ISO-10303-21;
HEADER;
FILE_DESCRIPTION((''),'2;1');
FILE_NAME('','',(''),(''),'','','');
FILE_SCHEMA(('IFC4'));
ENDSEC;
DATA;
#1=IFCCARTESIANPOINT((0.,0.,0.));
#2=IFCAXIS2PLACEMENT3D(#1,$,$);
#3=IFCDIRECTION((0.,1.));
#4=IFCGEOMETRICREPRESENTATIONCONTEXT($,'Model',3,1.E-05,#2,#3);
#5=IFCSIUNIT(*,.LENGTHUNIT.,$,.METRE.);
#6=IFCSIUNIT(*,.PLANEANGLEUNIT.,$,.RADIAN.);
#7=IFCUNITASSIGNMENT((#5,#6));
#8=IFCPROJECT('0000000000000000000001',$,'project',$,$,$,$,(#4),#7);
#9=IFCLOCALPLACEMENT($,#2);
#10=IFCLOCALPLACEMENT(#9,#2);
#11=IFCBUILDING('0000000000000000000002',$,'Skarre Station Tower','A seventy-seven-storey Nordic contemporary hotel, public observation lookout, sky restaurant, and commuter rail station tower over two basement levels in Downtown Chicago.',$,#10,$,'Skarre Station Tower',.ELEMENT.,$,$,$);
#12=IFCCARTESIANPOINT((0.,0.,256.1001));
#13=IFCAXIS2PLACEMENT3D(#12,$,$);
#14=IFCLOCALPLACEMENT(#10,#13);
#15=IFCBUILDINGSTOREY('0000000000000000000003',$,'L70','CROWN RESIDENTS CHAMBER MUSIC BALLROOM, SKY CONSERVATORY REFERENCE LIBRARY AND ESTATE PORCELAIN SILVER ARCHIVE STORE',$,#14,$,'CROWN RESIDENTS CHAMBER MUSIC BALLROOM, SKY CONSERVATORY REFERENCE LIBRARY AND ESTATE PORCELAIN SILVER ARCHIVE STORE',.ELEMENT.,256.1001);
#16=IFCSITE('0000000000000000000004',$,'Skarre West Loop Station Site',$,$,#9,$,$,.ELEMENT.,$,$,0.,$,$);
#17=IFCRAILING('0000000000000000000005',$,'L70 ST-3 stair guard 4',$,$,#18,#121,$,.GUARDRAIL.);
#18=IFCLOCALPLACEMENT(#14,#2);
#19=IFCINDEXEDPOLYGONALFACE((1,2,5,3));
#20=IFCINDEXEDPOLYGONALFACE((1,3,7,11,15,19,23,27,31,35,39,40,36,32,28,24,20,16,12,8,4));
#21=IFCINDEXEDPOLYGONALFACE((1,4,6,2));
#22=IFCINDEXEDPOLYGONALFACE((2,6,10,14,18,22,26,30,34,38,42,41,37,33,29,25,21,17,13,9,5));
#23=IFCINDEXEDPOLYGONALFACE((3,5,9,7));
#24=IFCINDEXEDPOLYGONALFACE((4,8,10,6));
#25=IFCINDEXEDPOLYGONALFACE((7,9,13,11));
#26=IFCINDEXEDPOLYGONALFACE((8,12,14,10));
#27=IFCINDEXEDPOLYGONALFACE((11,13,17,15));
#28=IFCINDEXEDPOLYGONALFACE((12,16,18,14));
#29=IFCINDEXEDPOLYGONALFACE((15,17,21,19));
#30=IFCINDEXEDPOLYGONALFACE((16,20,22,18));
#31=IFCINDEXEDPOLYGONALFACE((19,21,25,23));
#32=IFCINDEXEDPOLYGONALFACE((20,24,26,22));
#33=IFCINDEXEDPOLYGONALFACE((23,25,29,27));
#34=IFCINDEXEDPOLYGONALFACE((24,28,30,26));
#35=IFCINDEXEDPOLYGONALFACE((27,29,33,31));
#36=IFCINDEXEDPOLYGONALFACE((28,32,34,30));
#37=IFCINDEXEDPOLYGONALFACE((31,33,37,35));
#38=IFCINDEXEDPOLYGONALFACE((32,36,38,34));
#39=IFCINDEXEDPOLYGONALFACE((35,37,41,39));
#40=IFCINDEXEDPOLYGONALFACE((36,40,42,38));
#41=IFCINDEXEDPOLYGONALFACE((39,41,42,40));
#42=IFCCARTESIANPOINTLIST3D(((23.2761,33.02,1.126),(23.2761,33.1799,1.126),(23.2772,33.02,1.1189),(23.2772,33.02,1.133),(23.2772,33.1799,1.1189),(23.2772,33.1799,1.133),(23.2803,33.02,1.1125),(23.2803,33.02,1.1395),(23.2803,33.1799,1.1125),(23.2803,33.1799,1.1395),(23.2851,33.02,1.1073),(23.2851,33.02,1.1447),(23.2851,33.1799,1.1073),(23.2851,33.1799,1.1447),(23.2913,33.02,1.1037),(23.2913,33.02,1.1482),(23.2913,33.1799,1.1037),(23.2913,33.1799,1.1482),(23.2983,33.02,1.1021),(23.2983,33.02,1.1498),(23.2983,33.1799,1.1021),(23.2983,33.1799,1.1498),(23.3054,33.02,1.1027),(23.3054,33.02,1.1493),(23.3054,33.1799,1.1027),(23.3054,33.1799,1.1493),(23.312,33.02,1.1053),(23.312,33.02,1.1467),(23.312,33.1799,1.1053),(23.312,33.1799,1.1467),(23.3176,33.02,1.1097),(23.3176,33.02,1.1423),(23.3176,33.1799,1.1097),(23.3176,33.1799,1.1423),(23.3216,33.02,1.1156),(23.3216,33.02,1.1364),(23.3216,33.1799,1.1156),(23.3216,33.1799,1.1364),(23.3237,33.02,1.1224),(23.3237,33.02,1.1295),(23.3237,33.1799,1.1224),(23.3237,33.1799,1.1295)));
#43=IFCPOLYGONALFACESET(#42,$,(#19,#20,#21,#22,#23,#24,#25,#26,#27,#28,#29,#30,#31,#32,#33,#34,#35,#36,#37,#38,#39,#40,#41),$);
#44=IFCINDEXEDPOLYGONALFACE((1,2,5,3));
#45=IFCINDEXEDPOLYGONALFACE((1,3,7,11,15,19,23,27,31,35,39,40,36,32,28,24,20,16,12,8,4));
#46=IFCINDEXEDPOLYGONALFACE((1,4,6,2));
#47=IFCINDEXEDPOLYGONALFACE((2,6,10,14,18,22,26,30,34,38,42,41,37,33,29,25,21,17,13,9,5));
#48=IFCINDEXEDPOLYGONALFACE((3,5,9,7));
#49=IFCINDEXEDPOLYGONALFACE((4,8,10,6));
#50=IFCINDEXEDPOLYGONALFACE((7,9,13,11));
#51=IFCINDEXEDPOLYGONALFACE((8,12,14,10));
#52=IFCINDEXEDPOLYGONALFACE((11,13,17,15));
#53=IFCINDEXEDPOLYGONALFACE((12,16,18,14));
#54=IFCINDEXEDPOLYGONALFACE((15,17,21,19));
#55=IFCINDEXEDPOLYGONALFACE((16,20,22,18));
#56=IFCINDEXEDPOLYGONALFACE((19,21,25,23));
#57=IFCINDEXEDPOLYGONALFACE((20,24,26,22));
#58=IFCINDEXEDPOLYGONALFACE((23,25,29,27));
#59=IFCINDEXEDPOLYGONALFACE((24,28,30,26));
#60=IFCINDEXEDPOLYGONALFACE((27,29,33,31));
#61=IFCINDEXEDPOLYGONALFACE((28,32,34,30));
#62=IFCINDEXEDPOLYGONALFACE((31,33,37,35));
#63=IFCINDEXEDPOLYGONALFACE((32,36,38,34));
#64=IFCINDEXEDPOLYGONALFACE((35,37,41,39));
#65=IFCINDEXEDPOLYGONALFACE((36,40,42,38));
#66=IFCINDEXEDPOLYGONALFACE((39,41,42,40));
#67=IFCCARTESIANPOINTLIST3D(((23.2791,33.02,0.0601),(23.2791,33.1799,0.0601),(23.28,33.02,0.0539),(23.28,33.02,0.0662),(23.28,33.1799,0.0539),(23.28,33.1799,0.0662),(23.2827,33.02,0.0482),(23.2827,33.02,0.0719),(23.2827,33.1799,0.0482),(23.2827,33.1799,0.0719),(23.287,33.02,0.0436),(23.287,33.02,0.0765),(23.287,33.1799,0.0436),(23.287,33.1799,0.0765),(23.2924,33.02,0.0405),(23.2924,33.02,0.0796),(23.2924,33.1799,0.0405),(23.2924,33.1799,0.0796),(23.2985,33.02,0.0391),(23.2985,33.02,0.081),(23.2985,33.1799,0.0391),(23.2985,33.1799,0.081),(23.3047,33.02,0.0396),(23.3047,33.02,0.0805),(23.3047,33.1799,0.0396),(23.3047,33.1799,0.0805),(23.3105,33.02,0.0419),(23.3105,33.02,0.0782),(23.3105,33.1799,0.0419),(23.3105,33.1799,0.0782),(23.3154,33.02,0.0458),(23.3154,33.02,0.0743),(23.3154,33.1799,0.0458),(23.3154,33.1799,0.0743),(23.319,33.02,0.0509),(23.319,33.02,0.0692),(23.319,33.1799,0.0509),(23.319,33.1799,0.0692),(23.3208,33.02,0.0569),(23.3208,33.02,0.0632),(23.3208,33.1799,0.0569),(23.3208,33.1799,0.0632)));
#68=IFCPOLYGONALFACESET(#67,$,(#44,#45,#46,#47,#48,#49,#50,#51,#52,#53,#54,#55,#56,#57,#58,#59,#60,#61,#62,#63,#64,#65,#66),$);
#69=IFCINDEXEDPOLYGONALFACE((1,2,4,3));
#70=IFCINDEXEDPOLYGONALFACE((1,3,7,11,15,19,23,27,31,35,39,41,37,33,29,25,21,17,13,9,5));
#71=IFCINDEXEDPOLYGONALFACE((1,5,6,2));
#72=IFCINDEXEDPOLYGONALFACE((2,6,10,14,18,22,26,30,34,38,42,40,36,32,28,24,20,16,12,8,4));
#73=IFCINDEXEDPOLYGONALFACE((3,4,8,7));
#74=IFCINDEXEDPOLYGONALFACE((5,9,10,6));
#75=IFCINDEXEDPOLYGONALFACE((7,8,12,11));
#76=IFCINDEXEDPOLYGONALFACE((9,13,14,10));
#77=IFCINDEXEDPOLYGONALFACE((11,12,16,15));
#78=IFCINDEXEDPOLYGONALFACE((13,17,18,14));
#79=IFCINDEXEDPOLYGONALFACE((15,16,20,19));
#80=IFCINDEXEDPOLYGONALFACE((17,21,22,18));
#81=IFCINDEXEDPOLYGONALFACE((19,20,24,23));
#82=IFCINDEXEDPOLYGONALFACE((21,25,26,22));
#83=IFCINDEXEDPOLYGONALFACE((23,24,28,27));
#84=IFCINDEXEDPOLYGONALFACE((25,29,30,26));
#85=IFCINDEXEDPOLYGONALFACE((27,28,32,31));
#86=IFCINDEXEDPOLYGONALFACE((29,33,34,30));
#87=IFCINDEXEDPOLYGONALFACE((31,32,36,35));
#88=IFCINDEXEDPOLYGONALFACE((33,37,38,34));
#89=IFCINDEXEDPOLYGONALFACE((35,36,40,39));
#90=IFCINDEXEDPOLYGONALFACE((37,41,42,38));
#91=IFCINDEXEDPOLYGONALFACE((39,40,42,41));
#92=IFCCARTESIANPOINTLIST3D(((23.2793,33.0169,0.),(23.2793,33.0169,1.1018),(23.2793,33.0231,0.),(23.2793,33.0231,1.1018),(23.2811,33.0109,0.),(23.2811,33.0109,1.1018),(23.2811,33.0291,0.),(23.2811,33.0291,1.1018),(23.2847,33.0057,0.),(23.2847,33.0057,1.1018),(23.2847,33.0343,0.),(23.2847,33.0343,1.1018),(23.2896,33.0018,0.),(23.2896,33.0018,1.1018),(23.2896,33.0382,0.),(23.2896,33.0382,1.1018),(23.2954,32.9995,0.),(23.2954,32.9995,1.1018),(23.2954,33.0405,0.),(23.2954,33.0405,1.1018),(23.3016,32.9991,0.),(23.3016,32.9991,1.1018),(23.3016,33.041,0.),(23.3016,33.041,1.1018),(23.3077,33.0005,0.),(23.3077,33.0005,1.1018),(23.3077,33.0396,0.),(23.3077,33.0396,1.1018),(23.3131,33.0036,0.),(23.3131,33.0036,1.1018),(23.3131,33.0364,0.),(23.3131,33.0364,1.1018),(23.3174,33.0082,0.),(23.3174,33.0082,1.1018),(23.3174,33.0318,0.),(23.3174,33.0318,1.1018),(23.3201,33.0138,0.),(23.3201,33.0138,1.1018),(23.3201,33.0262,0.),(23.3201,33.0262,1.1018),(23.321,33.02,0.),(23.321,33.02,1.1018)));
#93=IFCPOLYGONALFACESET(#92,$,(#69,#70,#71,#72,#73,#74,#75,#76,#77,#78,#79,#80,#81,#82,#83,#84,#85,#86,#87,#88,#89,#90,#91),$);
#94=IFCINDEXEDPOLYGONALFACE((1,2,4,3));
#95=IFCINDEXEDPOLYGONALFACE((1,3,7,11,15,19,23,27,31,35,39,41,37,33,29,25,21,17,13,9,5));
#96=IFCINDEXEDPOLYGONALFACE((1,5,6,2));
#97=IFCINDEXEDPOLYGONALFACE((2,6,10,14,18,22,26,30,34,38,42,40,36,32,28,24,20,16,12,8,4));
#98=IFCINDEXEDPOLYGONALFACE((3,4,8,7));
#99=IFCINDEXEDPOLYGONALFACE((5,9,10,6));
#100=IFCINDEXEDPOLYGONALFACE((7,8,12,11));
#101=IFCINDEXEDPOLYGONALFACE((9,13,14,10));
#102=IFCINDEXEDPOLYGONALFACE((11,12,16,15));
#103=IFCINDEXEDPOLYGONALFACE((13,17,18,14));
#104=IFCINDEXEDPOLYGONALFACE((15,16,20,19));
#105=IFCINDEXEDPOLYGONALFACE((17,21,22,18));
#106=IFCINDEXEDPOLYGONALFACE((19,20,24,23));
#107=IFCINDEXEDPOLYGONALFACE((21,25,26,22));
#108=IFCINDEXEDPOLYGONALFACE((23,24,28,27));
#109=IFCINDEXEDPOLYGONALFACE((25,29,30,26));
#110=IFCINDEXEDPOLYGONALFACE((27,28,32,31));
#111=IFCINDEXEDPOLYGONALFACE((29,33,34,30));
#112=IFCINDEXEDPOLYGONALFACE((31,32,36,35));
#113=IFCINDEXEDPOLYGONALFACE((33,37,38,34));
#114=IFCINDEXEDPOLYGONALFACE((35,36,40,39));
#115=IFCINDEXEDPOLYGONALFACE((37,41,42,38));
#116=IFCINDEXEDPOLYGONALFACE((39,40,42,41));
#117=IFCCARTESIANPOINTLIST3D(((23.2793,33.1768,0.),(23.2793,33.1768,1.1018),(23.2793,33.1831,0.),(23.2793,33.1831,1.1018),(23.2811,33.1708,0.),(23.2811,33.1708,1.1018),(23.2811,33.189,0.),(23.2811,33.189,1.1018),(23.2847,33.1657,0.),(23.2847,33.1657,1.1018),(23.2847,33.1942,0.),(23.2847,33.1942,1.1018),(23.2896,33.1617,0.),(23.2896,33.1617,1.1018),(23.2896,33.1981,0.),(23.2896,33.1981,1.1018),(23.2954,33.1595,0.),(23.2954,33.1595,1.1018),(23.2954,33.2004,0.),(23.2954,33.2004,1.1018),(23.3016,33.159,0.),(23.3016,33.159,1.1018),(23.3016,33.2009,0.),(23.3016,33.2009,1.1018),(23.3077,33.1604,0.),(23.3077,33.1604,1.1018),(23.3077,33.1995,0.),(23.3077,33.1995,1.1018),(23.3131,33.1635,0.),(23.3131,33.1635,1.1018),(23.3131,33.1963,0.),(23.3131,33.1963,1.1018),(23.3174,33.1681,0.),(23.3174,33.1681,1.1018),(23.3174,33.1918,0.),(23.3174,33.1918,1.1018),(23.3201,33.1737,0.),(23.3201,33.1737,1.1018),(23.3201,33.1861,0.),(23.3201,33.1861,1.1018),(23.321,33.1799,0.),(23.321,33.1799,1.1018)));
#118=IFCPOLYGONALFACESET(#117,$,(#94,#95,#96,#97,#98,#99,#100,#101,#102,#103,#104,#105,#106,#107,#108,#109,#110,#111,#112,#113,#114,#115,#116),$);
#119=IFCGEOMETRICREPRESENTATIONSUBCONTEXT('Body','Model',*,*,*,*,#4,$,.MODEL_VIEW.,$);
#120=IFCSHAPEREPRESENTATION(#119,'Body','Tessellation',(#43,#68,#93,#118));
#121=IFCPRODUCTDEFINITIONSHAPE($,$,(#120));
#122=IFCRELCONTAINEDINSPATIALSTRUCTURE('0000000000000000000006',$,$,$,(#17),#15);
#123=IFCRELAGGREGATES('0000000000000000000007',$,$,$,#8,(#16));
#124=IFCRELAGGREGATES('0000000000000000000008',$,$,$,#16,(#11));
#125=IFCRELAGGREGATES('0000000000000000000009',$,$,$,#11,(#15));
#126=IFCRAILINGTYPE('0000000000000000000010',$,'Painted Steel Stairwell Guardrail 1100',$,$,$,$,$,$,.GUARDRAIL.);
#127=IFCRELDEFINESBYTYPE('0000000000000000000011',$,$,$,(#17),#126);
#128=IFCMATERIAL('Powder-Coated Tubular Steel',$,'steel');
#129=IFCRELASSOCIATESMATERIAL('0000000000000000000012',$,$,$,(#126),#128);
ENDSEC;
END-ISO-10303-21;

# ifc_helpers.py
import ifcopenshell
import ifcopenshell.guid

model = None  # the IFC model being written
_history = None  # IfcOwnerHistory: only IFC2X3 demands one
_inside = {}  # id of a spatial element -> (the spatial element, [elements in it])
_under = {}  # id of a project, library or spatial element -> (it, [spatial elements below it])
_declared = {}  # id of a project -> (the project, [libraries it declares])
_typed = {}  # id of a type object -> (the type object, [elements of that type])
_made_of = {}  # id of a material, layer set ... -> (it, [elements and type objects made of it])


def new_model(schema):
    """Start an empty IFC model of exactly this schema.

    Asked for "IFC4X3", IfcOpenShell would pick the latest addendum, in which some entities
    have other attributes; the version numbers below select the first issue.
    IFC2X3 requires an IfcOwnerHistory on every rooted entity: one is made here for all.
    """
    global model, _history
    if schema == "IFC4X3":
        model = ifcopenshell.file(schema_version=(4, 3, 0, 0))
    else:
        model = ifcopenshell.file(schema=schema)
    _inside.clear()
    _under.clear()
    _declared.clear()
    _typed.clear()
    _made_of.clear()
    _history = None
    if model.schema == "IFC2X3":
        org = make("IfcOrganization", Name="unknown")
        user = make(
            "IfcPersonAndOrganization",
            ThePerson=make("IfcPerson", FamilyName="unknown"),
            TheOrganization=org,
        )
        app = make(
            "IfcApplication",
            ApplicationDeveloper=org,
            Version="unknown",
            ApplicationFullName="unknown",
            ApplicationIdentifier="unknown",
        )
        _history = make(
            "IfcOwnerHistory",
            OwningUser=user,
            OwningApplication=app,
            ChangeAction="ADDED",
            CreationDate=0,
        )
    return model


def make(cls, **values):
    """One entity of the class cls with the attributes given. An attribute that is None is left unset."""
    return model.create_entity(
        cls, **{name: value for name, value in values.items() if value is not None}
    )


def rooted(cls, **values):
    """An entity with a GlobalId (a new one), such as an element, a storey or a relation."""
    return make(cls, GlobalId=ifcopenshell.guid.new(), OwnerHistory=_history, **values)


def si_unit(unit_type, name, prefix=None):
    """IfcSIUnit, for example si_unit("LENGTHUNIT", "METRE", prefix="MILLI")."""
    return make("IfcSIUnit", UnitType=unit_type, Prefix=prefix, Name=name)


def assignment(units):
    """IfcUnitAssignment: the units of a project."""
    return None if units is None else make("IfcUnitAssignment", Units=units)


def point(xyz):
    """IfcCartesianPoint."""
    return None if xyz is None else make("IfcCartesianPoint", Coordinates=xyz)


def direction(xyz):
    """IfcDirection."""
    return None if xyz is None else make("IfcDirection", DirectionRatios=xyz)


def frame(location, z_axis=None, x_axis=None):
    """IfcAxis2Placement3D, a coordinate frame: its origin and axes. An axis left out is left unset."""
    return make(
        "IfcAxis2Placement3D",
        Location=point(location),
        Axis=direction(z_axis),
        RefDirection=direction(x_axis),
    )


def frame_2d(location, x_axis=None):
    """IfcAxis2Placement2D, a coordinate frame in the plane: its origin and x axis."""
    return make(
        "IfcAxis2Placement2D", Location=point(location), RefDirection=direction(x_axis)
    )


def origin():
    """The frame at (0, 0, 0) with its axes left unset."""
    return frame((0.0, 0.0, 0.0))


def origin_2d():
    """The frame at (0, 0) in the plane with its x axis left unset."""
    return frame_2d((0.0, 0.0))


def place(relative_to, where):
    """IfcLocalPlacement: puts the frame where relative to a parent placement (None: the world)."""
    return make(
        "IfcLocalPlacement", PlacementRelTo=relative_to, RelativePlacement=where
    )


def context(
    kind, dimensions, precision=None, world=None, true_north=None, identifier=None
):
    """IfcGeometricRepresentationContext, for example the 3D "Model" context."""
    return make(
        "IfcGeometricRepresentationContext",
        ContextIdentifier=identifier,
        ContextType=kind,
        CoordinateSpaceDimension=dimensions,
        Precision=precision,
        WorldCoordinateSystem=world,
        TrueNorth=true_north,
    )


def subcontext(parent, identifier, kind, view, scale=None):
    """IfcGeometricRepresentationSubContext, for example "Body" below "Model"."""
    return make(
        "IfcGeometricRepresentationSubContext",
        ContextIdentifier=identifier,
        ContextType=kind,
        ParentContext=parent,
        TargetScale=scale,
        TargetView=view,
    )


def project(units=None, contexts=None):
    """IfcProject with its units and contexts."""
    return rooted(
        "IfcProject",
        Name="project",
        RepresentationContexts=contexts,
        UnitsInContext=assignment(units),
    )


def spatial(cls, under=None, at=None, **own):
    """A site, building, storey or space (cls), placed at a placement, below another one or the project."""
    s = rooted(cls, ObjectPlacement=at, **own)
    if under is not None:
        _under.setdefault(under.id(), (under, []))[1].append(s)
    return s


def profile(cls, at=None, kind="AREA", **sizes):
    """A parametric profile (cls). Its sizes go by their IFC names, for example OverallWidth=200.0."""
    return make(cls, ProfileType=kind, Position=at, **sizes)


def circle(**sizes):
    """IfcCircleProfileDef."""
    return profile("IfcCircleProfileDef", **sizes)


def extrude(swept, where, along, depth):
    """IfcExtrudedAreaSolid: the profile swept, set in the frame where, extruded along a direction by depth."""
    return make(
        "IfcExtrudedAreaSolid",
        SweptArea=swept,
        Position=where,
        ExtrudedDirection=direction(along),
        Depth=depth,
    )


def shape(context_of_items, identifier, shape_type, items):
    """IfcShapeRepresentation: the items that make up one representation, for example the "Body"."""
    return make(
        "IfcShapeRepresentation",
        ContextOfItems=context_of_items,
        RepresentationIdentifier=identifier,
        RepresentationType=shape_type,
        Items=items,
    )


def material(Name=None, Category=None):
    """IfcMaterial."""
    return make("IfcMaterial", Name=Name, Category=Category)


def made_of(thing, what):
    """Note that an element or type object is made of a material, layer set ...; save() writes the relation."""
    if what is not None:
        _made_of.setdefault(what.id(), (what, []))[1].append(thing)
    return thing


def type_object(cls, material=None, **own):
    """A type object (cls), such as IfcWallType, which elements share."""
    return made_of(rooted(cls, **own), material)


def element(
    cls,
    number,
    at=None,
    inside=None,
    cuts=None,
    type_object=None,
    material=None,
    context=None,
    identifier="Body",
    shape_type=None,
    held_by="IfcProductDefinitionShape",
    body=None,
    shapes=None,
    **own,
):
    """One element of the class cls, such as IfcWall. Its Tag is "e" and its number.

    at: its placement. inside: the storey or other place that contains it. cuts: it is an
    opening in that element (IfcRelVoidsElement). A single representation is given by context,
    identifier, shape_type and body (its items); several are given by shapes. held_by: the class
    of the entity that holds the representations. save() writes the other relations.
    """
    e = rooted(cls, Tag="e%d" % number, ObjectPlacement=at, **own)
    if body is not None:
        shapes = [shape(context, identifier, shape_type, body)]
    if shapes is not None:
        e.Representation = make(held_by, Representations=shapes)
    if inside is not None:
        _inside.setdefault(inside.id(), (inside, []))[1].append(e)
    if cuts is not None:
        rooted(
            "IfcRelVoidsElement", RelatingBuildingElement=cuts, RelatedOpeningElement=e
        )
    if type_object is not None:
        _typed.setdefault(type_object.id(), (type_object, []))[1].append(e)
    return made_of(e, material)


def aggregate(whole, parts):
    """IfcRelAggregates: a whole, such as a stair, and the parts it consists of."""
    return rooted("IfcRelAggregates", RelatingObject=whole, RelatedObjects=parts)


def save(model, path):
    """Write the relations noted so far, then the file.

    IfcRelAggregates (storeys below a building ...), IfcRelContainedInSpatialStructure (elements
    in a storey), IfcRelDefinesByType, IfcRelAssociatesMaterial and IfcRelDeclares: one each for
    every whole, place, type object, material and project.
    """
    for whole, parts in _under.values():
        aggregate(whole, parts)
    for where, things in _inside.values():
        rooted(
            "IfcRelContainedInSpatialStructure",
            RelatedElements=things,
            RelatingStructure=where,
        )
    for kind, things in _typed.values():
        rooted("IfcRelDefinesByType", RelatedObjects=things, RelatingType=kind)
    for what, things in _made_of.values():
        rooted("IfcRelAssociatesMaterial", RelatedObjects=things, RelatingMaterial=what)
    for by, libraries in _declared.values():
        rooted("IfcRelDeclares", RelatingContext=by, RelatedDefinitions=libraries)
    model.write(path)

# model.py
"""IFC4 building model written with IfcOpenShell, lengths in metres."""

from ifc_helpers import new_model, si_unit, direction, frame, origin, origin_2d, place, context, subcontext, project, spatial, circle, extrude, material, type_object, element, save


model = new_model("IFC4")

# Units and contexts
model_context = context("Model", 3, precision=1e-05, world=origin(), true_north=direction((0.0, 1.0)))
body_context = subcontext(model_context, "Body", "Model", "MODEL_VIEW")
ifc_project = project(units=[si_unit("LENGTHUNIT", "METRE"), si_unit("PLANEANGLEUNIT", "RADIAN")], contexts=[model_context])

# Site, building, storey
site_placement = place(None, origin())
site = spatial("IfcSite", under=ifc_project, at=site_placement, Name="Skarre West Loop Station Site", CompositionType="ELEMENT", RefElevation=0.0)
building_placement = place(site_placement, origin())
building = spatial("IfcBuilding", under=site, at=building_placement, Name="Skarre Station Tower", Description="A seventy-seven-storey Nordic contemporary hotel, public observation lookout, sky restaurant, and commuter rail station tower over two basement levels in Downtown Chicago.", LongName="Skarre Station Tower", CompositionType="ELEMENT")
storey_placement = place(building_placement, frame((0.0, 0.0, 256.1001)))
storey = spatial("IfcBuildingStorey", under=building, at=storey_placement, Name="L70", Description="CROWN RESIDENTS CHAMBER MUSIC BALLROOM, SKY CONSERVATORY REFERENCE LIBRARY AND ESTATE PORCELAIN SILVER ARCHIVE STORE", LongName="CROWN RESIDENTS CHAMBER MUSIC BALLROOM, SKY CONSERVATORY REFERENCE LIBRARY AND ESTATE PORCELAIN SILVER ARCHIVE STORE", CompositionType="ELEMENT", Elevation=256.1001)

# Railing
ifc_material_1 = material(Name="Powder-Coated Tubular Steel", Category="steel")
railing_type_1 = type_object("IfcRailingType", Name="Painted Steel Stairwell Guardrail 1100", PredefinedType="GUARDRAIL", material=ifc_material_1)
railing_1_placement = place(storey_placement, frame((23.3, 33.02, 0.0)))
element("IfcRailing", 1, at=railing_1_placement, inside=storey, type_object=railing_type_1, Name="L70 ST-3 stair guard 4", PredefinedType="GUARDRAIL", context=body_context, shape_type="SweptSolid", body=[
    extrude(circle(Radius=0.0239, at=origin_2d()), frame((0.0, 0.0, 1.126), z_axis=(0.0, 1.0, 0.0), x_axis=(-1.0, 0.0, 0.0)), (0.0, 0.0, 1.0), 0.1599),
    extrude(circle(Radius=0.021, at=origin_2d()), frame((0.0, 0.0, 0.0601), z_axis=(0.0, 1.0, 0.0), x_axis=(-1.0, 0.0, 0.0)), (0.0, 0.0, 1.0), 0.1599),
    extrude(circle(Radius=0.021, at=origin_2d()), origin(), (0.0, 0.0, 1.0), 1.1018),
    extrude(circle(Radius=0.021, at=origin_2d()), frame((0.0, 0.1599, 0.0)), (0.0, 0.0, 1.0), 1.1018),
])

save(model, "model.ifc")
